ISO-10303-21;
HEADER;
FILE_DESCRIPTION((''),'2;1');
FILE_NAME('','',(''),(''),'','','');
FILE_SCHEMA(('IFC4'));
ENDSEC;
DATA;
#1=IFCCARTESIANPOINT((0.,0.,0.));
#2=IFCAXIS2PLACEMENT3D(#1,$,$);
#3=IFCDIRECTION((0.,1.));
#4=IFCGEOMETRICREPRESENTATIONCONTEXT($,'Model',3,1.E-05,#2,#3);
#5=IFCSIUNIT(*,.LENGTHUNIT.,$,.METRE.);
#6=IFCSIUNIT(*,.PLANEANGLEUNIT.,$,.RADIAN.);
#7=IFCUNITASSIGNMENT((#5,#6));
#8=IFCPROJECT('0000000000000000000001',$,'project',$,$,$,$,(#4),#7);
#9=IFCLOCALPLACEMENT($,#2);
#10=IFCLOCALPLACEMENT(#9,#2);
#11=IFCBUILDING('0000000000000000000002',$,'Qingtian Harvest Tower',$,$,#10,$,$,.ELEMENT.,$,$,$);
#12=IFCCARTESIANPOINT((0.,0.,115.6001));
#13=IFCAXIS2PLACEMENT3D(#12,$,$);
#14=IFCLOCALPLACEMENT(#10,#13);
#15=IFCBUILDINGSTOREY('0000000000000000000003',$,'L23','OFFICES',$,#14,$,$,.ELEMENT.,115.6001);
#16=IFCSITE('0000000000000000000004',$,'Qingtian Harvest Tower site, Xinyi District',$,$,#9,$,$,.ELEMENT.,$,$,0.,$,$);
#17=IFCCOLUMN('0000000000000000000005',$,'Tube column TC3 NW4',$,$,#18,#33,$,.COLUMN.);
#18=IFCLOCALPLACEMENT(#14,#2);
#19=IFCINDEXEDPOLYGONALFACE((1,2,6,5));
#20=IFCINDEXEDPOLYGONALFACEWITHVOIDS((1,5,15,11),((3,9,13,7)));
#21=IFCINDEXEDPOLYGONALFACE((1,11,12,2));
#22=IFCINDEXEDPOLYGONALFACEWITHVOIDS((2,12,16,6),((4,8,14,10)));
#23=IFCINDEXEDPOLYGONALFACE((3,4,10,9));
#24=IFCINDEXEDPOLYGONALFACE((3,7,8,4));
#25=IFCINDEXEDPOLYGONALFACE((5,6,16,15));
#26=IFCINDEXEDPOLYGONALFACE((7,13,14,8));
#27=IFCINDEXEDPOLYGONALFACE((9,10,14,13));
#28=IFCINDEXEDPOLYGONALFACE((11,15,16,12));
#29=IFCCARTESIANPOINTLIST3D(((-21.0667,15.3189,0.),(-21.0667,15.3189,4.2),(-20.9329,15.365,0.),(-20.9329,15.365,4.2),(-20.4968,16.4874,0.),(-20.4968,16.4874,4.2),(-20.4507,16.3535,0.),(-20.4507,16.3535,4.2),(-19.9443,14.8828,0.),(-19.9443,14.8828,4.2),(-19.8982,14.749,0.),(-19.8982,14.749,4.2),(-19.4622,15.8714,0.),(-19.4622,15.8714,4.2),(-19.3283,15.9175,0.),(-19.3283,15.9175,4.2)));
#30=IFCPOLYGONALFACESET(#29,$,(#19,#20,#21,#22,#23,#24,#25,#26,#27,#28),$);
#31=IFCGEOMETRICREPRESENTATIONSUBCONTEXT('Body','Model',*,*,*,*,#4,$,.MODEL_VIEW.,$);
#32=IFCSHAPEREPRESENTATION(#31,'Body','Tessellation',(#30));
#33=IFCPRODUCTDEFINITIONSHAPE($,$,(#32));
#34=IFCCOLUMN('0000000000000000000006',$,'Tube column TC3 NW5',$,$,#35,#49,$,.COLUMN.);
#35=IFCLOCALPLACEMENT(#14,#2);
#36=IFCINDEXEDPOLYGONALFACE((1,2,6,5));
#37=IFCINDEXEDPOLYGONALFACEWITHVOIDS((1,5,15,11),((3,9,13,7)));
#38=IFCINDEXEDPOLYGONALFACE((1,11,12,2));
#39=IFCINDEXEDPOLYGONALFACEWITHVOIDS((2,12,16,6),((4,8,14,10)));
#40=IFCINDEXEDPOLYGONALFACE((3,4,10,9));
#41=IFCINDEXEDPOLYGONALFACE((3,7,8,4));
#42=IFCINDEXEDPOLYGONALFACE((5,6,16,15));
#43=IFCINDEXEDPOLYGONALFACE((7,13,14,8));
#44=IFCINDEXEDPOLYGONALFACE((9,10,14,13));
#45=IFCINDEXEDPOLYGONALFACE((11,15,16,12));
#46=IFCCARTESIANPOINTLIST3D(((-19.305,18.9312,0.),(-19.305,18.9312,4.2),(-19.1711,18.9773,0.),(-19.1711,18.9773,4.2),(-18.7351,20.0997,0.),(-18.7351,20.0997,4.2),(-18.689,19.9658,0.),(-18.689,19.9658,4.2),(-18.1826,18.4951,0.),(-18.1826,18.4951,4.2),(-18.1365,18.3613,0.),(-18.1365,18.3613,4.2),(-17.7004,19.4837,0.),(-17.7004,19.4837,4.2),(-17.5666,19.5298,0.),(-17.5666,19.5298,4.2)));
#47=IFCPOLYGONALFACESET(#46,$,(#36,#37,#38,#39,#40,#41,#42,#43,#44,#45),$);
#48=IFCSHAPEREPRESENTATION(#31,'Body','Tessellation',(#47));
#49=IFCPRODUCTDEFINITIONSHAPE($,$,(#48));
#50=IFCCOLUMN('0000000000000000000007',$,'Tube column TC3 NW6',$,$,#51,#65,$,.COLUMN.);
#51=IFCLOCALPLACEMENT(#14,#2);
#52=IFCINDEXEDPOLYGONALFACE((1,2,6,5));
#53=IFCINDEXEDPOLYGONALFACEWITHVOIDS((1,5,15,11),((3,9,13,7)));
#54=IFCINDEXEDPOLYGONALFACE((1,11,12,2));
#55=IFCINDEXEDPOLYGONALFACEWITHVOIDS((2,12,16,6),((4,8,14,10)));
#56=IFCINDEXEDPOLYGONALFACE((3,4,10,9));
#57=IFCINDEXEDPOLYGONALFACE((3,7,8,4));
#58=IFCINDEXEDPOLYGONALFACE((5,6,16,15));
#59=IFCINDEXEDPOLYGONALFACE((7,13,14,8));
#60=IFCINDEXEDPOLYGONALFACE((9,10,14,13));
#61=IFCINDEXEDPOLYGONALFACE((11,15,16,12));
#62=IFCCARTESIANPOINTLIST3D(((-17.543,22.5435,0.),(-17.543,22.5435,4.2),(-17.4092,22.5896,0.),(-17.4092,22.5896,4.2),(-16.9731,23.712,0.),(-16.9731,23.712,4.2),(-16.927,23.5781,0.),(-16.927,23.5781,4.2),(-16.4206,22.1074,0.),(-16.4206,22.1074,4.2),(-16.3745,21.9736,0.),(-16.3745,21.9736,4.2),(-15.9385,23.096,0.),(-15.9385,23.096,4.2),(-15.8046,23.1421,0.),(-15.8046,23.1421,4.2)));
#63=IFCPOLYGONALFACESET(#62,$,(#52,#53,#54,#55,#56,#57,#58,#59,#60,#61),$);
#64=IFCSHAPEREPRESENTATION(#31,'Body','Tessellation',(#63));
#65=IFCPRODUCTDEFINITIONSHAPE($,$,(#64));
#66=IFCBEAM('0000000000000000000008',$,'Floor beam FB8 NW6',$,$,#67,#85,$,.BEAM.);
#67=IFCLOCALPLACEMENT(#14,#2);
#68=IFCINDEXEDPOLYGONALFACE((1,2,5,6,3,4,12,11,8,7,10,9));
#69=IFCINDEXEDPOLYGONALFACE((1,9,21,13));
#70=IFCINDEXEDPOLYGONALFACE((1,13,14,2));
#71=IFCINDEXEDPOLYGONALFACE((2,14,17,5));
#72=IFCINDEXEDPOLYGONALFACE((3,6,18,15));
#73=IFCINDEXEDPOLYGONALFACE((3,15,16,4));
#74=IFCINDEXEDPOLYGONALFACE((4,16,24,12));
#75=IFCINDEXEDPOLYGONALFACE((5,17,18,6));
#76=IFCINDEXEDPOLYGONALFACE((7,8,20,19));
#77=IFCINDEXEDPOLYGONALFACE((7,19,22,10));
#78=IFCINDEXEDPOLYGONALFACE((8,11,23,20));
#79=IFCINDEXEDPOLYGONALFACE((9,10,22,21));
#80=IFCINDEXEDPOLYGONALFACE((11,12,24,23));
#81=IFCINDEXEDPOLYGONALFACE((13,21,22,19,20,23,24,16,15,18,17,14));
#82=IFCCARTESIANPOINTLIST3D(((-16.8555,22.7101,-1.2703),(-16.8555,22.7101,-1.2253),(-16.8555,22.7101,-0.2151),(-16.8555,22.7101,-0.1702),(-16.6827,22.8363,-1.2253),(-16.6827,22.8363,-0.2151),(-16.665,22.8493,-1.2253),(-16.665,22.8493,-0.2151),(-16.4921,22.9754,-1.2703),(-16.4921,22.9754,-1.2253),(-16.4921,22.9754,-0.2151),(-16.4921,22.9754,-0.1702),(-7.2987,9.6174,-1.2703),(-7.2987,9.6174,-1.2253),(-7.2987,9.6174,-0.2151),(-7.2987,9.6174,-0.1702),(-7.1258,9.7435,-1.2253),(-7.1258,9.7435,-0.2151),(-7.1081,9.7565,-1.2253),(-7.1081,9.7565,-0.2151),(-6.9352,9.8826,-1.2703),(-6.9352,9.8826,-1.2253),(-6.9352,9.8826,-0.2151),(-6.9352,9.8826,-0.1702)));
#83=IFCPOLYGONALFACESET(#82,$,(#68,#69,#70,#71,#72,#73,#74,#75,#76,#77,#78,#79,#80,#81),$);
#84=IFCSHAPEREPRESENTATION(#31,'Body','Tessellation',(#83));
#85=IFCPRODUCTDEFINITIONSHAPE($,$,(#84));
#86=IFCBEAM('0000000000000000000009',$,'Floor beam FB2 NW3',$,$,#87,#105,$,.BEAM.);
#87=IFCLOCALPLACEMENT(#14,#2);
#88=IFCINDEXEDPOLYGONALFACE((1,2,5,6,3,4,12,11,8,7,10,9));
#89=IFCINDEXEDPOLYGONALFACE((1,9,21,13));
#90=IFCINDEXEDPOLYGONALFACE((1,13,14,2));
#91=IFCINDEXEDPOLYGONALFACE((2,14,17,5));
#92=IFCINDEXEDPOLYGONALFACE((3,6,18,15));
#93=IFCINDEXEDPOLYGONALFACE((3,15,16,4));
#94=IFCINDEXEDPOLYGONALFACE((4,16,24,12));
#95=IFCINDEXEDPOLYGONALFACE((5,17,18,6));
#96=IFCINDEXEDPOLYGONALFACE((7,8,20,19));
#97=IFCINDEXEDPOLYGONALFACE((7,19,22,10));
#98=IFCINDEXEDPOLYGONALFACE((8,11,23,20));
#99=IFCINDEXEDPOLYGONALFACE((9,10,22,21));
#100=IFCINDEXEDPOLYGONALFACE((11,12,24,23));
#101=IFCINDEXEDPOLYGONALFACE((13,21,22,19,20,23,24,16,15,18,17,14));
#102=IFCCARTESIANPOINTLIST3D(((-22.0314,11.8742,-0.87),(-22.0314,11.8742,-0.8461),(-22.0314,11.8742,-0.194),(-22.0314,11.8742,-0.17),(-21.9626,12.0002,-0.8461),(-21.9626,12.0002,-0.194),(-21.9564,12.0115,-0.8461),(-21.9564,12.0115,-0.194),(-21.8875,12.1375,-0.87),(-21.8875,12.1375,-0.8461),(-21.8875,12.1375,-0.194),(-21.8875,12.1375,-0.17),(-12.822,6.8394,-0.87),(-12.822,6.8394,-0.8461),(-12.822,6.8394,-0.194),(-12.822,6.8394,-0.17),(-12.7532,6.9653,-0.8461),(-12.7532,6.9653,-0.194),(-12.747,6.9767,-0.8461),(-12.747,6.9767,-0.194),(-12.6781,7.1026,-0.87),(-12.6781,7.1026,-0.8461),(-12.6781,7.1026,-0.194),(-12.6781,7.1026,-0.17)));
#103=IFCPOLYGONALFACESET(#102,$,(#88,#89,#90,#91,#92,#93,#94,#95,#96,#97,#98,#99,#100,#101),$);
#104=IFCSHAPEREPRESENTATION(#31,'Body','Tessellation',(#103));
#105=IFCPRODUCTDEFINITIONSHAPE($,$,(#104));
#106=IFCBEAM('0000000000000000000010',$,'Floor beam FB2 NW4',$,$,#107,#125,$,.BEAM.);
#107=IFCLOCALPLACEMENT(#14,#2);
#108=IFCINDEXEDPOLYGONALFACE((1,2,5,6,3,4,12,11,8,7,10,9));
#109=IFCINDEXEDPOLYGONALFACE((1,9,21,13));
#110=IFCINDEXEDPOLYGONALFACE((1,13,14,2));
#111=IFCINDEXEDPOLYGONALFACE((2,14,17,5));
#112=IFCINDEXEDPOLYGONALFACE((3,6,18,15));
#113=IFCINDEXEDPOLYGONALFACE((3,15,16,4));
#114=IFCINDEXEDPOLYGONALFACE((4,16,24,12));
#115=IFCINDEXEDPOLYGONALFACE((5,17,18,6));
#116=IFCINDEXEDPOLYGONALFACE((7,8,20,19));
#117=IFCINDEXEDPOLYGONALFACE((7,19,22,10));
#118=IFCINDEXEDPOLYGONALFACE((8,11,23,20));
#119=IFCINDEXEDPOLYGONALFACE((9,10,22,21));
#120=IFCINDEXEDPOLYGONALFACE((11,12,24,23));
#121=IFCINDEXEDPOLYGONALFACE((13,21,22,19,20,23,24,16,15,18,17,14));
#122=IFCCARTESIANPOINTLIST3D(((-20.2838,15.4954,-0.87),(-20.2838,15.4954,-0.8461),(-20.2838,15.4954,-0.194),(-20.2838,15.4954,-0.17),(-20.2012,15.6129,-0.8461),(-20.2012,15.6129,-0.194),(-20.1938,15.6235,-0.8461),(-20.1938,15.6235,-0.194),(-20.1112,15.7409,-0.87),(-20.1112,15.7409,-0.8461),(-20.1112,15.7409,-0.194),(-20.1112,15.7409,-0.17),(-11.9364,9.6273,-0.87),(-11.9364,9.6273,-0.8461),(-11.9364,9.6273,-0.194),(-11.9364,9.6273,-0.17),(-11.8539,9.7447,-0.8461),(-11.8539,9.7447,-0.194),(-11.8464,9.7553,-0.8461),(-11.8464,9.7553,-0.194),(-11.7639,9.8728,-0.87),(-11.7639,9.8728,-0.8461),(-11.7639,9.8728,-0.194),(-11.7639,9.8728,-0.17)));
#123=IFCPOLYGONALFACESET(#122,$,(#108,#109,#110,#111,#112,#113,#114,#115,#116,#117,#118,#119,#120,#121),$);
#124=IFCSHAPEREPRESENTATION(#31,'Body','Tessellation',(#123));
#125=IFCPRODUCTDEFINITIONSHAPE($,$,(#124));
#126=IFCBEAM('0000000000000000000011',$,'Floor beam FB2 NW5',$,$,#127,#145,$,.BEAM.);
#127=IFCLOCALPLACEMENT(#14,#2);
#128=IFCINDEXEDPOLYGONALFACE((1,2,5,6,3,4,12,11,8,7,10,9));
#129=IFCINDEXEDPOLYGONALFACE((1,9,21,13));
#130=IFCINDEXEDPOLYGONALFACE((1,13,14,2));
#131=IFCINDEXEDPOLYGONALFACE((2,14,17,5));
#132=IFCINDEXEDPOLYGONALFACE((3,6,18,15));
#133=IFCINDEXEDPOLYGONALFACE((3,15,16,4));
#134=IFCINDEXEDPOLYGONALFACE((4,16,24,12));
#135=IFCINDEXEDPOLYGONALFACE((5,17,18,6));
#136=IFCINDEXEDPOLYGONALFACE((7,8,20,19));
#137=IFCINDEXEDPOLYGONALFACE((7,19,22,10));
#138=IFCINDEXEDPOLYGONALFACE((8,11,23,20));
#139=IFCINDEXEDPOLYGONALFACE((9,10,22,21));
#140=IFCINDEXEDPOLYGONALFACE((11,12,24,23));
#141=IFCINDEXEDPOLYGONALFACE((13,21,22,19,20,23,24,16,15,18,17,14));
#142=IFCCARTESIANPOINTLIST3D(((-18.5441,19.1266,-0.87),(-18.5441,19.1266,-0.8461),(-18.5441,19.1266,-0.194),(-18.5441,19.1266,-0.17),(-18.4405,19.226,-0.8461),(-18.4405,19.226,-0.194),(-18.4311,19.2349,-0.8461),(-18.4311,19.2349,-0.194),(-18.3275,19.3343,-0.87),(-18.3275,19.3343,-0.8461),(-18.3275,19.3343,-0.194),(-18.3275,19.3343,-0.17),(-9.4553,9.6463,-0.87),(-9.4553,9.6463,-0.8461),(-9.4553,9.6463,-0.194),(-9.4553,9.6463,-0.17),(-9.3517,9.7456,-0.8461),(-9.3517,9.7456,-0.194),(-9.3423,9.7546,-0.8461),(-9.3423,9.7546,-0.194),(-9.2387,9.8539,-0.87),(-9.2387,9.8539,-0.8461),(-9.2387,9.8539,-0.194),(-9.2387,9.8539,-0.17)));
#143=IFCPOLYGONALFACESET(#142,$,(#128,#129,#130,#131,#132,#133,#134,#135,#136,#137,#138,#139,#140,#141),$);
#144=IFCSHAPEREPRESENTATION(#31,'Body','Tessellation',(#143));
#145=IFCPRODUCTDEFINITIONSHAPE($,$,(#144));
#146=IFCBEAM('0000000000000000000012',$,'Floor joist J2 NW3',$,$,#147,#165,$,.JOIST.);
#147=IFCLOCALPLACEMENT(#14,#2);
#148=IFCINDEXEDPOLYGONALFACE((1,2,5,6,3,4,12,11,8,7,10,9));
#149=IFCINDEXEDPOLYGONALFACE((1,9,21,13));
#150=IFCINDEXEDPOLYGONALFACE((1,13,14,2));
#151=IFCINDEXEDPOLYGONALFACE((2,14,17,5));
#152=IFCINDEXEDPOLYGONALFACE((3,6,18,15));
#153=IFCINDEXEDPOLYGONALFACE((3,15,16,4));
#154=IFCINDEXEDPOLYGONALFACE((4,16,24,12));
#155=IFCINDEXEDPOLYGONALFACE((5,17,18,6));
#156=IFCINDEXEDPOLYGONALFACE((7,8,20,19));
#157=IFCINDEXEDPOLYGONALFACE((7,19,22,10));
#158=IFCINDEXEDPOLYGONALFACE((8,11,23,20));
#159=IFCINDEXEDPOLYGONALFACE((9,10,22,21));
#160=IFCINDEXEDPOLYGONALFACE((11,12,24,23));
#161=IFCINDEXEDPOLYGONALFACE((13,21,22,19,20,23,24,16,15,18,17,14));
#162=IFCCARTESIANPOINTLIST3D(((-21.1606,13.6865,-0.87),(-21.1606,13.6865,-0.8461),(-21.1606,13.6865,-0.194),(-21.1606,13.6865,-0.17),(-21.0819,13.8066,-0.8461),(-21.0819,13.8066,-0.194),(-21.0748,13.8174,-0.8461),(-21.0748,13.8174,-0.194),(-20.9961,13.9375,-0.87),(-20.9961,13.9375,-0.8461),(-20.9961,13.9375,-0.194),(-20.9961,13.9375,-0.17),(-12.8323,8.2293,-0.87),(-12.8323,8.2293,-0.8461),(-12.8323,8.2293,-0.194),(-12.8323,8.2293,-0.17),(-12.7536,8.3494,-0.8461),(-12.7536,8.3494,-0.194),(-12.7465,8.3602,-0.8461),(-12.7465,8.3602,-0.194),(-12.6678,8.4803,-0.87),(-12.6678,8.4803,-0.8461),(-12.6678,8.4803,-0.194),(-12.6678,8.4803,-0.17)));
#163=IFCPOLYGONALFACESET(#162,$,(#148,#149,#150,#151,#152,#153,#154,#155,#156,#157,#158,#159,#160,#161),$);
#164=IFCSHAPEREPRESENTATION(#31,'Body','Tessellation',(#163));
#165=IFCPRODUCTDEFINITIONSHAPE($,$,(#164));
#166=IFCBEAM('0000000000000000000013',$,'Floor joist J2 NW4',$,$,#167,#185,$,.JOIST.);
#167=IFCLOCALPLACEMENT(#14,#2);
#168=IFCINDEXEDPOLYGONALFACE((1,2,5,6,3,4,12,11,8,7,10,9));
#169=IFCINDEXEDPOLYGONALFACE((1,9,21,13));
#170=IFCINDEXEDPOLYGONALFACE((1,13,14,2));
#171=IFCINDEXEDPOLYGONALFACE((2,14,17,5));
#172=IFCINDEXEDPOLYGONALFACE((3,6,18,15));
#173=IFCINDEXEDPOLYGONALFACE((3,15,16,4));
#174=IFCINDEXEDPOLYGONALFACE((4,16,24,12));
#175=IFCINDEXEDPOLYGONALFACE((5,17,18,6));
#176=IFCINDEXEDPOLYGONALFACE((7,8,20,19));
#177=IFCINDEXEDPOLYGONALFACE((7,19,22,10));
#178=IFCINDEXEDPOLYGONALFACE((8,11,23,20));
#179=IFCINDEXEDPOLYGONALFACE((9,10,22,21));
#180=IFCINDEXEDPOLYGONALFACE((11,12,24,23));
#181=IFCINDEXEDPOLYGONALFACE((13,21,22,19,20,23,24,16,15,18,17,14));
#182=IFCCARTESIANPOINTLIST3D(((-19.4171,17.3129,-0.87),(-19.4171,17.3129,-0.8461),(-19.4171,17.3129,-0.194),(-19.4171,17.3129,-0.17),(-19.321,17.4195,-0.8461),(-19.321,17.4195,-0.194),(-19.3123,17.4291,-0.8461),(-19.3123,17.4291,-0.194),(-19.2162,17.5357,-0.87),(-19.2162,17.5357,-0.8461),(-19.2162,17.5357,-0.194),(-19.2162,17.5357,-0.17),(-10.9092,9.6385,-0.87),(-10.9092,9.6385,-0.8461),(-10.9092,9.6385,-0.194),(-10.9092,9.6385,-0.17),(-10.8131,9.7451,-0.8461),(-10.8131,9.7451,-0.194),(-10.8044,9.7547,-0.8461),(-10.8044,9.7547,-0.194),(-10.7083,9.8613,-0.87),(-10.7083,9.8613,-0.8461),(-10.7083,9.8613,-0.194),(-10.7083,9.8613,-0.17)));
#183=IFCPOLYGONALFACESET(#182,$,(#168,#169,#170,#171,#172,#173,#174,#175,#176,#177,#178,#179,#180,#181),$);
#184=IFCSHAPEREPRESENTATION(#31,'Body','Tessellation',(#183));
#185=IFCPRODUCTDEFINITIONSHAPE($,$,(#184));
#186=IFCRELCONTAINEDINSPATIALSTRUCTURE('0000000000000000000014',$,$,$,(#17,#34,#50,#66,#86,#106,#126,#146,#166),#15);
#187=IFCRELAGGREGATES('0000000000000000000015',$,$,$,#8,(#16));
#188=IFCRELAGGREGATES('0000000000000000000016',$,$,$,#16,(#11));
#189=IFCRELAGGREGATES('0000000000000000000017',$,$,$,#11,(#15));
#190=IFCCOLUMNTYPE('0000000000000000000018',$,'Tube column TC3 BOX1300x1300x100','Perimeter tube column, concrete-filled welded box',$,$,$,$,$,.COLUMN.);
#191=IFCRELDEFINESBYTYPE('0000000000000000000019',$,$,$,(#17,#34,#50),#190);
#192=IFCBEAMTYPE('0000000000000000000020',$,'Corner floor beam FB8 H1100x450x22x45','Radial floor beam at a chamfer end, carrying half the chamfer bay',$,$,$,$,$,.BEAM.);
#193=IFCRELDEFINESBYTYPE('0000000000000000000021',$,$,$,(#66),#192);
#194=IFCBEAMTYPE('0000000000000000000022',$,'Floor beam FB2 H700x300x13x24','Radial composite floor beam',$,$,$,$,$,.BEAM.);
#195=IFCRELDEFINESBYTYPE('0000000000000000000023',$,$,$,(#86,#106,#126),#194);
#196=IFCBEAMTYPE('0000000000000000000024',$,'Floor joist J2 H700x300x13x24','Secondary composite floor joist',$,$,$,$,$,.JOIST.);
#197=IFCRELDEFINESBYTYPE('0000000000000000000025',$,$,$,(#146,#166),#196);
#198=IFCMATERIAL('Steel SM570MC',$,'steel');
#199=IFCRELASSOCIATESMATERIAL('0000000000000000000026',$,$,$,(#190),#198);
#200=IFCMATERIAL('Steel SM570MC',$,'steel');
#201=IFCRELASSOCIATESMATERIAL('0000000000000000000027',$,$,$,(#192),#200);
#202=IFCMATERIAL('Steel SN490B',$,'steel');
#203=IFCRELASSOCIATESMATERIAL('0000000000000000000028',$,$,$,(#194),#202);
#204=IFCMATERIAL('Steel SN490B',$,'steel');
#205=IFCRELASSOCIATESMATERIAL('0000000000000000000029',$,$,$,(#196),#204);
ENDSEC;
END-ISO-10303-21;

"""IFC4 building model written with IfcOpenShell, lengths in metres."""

from ifc_helpers import new_model, si_unit, direction, frame, origin, origin_2d, place, context, subcontext, project, spatial, hollow_rectangle, i_section, extrude, material, material_profile, profile_set, type_object, element, save


model = new_model("IFC4")

# Units and contexts
model_context = context("Model", 3, precision=1e-05, world=origin(), true_north=direction((0.0, 1.0)))
body_context = subcontext(model_context, "Body", "Model", "MODEL_VIEW")
ifc_project = project(units=[si_unit("LENGTHUNIT", "METRE"), si_unit("PLANEANGLEUNIT", "RADIAN")], contexts=[model_context])

# Site, building, storey
site_placement = place(None, origin())
site = spatial("IfcSite", under=ifc_project, at=site_placement, Name="Qingtian Harvest Tower site, Xinyi District", CompositionType="ELEMENT", RefElevation=0.0)
building_placement = place(site_placement, origin())
building = spatial("IfcBuilding", under=site, at=building_placement, Name="Qingtian Harvest Tower", CompositionType="ELEMENT")
storey_placement = place(building_placement, frame((0.0, 0.0, 115.6001)))
storey = spatial("IfcBuildingStorey", under=building, at=storey_placement, Name="L23", Description="OFFICES", CompositionType="ELEMENT", Elevation=115.6001)

# Columns
ifc_material_1 = material(Name="Steel SM570MC", Category="steel")
ifc_material_profile_1 = material_profile(ifc_material_1, hollow_rectangle(XDim=1.3, YDim=1.3, WallThickness=0.1001, at=origin_2d()), Name="BOX1300x1300x100")
ifc_profile_set_1 = profile_set([ifc_material_profile_1], Name="Steel SM570MC")
column_type = type_object("IfcColumnType", Name="Tube column TC3 BOX1300x1300x100", Description="Perimeter tube column, concrete-filled welded box", PredefinedType="COLUMN", material=ifc_profile_set_1)
for number, where, z_axis, x_axis, name in (
    (1, (-20.1975, 15.6182, 0.0), (0.0, 0.0, 1.0), (-0.438371, -0.898794, 0.0), "Tube column TC3 NW4"),
    (2, (-18.4358, 19.2305, 0.0), (0.0, 0.0, 1.0), (-0.438371, -0.898794, 0.0), "Tube column TC3 NW5"),
    (3, (-16.6738, 22.8428, 0.0), (0.0, 0.0, 1.0), (-0.438371, -0.898794, 0.0), "Tube column TC3 NW6"),
):
    element("IfcColumn", number, at=place(storey_placement, frame(where, z_axis=z_axis, x_axis=x_axis)), inside=storey, type_object=column_type, Name=name, PredefinedType="COLUMN", context=body_context, shape_type="SweptSolid", body=[
        extrude(hollow_rectangle(XDim=1.3, YDim=1.3, WallThickness=0.1001, at=origin_2d()), origin(), (0.0, 0.0, 1.0), 4.2),
    ])

# Beams
ifc_material_2 = material(Name="Steel SM570MC", Category="steel")
ifc_material_profile_2 = material_profile(ifc_material_2, i_section(OverallWidth=0.45, OverallDepth=1.1001, WebThickness=0.022, FlangeThickness=0.0449, at=origin_2d()), Name="H1100x450x22x45")
ifc_profile_set_2 = profile_set([ifc_material_profile_2], Name="Steel SM570MC")
beam_type_1 = type_object("IfcBeamType", Name="Corner floor beam FB8 H1100x450x22x45", Description="Radial floor beam at a chamfer end, carrying half the chamfer bay", PredefinedType="BEAM", material=ifc_profile_set_2)
beam_1_placement = place(storey_placement, frame((-16.6738, 22.8428, -0.7202), z_axis=(0.589578, -0.807712, 0.0), x_axis=(0.807712, 0.589578, 0.0)))
element("IfcBeam", 4, at=beam_1_placement, inside=storey, type_object=beam_type_1, Name="Floor beam FB8 NW6", PredefinedType="BEAM", context=body_context, shape_type="SweptSolid", body=[
    extrude(i_section(OverallWidth=0.45, OverallDepth=1.1001, WebThickness=0.022, FlangeThickness=0.0449, at=origin_2d()), origin(), (0.0, 0.0, 1.0), 16.2097),
])
ifc_material_3 = material(Name="Steel SN490B", Category="steel")
ifc_material_profile_3 = material_profile(ifc_material_3, i_section(OverallWidth=0.3, OverallDepth=0.7, WebThickness=0.0129, FlangeThickness=0.0239, at=origin_2d()), Name="H700x300x13x24")
ifc_profile_set_3 = profile_set([ifc_material_profile_3], Name="Steel SN490B")
beam_type_2 = type_object("IfcBeamType", Name="Floor beam FB2 H700x300x13x24", Description="Radial composite floor beam", PredefinedType="BEAM", material=ifc_profile_set_3)
beam_2_placement = place(storey_placement, frame((-21.9595, 12.0059, -0.52), z_axis=(0.877432, -0.479701, 0.0), x_axis=(0.479701, 0.877432, 0.0)))
element("IfcBeam", 5, at=beam_2_placement, inside=storey, type_object=beam_type_2, Name="Floor beam FB2 NW3", PredefinedType="BEAM", context=body_context, shape_type="SweptSolid", body=[
    extrude(i_section(OverallWidth=0.3, OverallDepth=0.7, WebThickness=0.0129, FlangeThickness=0.0239, at=origin_2d()), origin(), (0.0, 0.0, 1.0), 10.4958),
])
beam_3_placement = place(storey_placement, frame((-20.1975, 15.6182, -0.52), z_axis=(0.81808, -0.575104, 0.0), x_axis=(0.575104, 0.81808, 0.0)))
element("IfcBeam", 6, at=beam_3_placement, inside=storey, type_object=beam_type_2, Name="Floor beam FB2 NW4", PredefinedType="BEAM", context=body_context, shape_type="SweptSolid", body=[
    extrude(i_section(OverallWidth=0.3, OverallDepth=0.7, WebThickness=0.0129, FlangeThickness=0.0239, at=origin_2d()), origin(), (0.0, 0.0, 1.0), 10.2036),
])
beam_4_placement = place(storey_placement, frame((-18.4358, 19.2305, -0.52), z_axis=(0.692041, -0.721858, 0.0), x_axis=(0.721858, 0.692041, 0.0)))
element("IfcBeam", 7, at=beam_4_placement, inside=storey, type_object=beam_type_2, Name="Floor beam FB2 NW5", PredefinedType="BEAM", context=body_context, shape_type="SweptSolid", body=[
    extrude(i_section(OverallWidth=0.3, OverallDepth=0.7, WebThickness=0.0129, FlangeThickness=0.0239, at=origin_2d()), origin(), (0.0, 0.0, 1.0), 13.1333),
])
ifc_material_4 = material(Name="Steel SN490B", Category="steel")
ifc_material_profile_4 = material_profile(ifc_material_4, i_section(OverallWidth=0.3, OverallDepth=0.7, WebThickness=0.0129, FlangeThickness=0.0239, at=origin_2d()), Name="H700x300x13x24")
ifc_profile_set_4 = profile_set([ifc_material_profile_4], Name="Steel SN490B")
beam_type_3 = type_object("IfcBeamType", Name="Floor joist J2 H700x300x13x24", Description="Secondary composite floor joist", PredefinedType="JOIST", material=ifc_profile_set_4)
beam_5_placement = place(storey_placement, frame((-21.0784, 13.812, -0.52), z_axis=(0.836426, -0.548079, 0.0), x_axis=(0.548079, 0.836426, 0.0)))
element("IfcBeam", 8, at=beam_5_placement, inside=storey, type_object=beam_type_3, Name="Floor joist J2 NW3", PredefinedType="JOIST", context=body_context, shape_type="SweptSolid", body=[
    extrude(i_section(OverallWidth=0.3, OverallDepth=0.7, WebThickness=0.0129, FlangeThickness=0.0239, at=origin_2d()), origin(), (0.0, 0.0, 1.0), 9.957),
])
beam_6_placement = place(storey_placement, frame((-19.3167, 17.4243, -0.52), z_axis=(0.742544, -0.669798, 0.0), x_axis=(0.669798, 0.742544, 0.0)))
element("IfcBeam", 9, at=beam_6_placement, inside=storey, type_object=beam_type_3, Name="Floor joist J2 NW4", PredefinedType="JOIST", context=body_context, shape_type="SweptSolid", body=[
    extrude(i_section(OverallWidth=0.3, OverallDepth=0.7, WebThickness=0.0129, FlangeThickness=0.0239, at=origin_2d()), origin(), (0.0, 0.0, 1.0), 11.4578),
])

save(model, "model.ifc")
